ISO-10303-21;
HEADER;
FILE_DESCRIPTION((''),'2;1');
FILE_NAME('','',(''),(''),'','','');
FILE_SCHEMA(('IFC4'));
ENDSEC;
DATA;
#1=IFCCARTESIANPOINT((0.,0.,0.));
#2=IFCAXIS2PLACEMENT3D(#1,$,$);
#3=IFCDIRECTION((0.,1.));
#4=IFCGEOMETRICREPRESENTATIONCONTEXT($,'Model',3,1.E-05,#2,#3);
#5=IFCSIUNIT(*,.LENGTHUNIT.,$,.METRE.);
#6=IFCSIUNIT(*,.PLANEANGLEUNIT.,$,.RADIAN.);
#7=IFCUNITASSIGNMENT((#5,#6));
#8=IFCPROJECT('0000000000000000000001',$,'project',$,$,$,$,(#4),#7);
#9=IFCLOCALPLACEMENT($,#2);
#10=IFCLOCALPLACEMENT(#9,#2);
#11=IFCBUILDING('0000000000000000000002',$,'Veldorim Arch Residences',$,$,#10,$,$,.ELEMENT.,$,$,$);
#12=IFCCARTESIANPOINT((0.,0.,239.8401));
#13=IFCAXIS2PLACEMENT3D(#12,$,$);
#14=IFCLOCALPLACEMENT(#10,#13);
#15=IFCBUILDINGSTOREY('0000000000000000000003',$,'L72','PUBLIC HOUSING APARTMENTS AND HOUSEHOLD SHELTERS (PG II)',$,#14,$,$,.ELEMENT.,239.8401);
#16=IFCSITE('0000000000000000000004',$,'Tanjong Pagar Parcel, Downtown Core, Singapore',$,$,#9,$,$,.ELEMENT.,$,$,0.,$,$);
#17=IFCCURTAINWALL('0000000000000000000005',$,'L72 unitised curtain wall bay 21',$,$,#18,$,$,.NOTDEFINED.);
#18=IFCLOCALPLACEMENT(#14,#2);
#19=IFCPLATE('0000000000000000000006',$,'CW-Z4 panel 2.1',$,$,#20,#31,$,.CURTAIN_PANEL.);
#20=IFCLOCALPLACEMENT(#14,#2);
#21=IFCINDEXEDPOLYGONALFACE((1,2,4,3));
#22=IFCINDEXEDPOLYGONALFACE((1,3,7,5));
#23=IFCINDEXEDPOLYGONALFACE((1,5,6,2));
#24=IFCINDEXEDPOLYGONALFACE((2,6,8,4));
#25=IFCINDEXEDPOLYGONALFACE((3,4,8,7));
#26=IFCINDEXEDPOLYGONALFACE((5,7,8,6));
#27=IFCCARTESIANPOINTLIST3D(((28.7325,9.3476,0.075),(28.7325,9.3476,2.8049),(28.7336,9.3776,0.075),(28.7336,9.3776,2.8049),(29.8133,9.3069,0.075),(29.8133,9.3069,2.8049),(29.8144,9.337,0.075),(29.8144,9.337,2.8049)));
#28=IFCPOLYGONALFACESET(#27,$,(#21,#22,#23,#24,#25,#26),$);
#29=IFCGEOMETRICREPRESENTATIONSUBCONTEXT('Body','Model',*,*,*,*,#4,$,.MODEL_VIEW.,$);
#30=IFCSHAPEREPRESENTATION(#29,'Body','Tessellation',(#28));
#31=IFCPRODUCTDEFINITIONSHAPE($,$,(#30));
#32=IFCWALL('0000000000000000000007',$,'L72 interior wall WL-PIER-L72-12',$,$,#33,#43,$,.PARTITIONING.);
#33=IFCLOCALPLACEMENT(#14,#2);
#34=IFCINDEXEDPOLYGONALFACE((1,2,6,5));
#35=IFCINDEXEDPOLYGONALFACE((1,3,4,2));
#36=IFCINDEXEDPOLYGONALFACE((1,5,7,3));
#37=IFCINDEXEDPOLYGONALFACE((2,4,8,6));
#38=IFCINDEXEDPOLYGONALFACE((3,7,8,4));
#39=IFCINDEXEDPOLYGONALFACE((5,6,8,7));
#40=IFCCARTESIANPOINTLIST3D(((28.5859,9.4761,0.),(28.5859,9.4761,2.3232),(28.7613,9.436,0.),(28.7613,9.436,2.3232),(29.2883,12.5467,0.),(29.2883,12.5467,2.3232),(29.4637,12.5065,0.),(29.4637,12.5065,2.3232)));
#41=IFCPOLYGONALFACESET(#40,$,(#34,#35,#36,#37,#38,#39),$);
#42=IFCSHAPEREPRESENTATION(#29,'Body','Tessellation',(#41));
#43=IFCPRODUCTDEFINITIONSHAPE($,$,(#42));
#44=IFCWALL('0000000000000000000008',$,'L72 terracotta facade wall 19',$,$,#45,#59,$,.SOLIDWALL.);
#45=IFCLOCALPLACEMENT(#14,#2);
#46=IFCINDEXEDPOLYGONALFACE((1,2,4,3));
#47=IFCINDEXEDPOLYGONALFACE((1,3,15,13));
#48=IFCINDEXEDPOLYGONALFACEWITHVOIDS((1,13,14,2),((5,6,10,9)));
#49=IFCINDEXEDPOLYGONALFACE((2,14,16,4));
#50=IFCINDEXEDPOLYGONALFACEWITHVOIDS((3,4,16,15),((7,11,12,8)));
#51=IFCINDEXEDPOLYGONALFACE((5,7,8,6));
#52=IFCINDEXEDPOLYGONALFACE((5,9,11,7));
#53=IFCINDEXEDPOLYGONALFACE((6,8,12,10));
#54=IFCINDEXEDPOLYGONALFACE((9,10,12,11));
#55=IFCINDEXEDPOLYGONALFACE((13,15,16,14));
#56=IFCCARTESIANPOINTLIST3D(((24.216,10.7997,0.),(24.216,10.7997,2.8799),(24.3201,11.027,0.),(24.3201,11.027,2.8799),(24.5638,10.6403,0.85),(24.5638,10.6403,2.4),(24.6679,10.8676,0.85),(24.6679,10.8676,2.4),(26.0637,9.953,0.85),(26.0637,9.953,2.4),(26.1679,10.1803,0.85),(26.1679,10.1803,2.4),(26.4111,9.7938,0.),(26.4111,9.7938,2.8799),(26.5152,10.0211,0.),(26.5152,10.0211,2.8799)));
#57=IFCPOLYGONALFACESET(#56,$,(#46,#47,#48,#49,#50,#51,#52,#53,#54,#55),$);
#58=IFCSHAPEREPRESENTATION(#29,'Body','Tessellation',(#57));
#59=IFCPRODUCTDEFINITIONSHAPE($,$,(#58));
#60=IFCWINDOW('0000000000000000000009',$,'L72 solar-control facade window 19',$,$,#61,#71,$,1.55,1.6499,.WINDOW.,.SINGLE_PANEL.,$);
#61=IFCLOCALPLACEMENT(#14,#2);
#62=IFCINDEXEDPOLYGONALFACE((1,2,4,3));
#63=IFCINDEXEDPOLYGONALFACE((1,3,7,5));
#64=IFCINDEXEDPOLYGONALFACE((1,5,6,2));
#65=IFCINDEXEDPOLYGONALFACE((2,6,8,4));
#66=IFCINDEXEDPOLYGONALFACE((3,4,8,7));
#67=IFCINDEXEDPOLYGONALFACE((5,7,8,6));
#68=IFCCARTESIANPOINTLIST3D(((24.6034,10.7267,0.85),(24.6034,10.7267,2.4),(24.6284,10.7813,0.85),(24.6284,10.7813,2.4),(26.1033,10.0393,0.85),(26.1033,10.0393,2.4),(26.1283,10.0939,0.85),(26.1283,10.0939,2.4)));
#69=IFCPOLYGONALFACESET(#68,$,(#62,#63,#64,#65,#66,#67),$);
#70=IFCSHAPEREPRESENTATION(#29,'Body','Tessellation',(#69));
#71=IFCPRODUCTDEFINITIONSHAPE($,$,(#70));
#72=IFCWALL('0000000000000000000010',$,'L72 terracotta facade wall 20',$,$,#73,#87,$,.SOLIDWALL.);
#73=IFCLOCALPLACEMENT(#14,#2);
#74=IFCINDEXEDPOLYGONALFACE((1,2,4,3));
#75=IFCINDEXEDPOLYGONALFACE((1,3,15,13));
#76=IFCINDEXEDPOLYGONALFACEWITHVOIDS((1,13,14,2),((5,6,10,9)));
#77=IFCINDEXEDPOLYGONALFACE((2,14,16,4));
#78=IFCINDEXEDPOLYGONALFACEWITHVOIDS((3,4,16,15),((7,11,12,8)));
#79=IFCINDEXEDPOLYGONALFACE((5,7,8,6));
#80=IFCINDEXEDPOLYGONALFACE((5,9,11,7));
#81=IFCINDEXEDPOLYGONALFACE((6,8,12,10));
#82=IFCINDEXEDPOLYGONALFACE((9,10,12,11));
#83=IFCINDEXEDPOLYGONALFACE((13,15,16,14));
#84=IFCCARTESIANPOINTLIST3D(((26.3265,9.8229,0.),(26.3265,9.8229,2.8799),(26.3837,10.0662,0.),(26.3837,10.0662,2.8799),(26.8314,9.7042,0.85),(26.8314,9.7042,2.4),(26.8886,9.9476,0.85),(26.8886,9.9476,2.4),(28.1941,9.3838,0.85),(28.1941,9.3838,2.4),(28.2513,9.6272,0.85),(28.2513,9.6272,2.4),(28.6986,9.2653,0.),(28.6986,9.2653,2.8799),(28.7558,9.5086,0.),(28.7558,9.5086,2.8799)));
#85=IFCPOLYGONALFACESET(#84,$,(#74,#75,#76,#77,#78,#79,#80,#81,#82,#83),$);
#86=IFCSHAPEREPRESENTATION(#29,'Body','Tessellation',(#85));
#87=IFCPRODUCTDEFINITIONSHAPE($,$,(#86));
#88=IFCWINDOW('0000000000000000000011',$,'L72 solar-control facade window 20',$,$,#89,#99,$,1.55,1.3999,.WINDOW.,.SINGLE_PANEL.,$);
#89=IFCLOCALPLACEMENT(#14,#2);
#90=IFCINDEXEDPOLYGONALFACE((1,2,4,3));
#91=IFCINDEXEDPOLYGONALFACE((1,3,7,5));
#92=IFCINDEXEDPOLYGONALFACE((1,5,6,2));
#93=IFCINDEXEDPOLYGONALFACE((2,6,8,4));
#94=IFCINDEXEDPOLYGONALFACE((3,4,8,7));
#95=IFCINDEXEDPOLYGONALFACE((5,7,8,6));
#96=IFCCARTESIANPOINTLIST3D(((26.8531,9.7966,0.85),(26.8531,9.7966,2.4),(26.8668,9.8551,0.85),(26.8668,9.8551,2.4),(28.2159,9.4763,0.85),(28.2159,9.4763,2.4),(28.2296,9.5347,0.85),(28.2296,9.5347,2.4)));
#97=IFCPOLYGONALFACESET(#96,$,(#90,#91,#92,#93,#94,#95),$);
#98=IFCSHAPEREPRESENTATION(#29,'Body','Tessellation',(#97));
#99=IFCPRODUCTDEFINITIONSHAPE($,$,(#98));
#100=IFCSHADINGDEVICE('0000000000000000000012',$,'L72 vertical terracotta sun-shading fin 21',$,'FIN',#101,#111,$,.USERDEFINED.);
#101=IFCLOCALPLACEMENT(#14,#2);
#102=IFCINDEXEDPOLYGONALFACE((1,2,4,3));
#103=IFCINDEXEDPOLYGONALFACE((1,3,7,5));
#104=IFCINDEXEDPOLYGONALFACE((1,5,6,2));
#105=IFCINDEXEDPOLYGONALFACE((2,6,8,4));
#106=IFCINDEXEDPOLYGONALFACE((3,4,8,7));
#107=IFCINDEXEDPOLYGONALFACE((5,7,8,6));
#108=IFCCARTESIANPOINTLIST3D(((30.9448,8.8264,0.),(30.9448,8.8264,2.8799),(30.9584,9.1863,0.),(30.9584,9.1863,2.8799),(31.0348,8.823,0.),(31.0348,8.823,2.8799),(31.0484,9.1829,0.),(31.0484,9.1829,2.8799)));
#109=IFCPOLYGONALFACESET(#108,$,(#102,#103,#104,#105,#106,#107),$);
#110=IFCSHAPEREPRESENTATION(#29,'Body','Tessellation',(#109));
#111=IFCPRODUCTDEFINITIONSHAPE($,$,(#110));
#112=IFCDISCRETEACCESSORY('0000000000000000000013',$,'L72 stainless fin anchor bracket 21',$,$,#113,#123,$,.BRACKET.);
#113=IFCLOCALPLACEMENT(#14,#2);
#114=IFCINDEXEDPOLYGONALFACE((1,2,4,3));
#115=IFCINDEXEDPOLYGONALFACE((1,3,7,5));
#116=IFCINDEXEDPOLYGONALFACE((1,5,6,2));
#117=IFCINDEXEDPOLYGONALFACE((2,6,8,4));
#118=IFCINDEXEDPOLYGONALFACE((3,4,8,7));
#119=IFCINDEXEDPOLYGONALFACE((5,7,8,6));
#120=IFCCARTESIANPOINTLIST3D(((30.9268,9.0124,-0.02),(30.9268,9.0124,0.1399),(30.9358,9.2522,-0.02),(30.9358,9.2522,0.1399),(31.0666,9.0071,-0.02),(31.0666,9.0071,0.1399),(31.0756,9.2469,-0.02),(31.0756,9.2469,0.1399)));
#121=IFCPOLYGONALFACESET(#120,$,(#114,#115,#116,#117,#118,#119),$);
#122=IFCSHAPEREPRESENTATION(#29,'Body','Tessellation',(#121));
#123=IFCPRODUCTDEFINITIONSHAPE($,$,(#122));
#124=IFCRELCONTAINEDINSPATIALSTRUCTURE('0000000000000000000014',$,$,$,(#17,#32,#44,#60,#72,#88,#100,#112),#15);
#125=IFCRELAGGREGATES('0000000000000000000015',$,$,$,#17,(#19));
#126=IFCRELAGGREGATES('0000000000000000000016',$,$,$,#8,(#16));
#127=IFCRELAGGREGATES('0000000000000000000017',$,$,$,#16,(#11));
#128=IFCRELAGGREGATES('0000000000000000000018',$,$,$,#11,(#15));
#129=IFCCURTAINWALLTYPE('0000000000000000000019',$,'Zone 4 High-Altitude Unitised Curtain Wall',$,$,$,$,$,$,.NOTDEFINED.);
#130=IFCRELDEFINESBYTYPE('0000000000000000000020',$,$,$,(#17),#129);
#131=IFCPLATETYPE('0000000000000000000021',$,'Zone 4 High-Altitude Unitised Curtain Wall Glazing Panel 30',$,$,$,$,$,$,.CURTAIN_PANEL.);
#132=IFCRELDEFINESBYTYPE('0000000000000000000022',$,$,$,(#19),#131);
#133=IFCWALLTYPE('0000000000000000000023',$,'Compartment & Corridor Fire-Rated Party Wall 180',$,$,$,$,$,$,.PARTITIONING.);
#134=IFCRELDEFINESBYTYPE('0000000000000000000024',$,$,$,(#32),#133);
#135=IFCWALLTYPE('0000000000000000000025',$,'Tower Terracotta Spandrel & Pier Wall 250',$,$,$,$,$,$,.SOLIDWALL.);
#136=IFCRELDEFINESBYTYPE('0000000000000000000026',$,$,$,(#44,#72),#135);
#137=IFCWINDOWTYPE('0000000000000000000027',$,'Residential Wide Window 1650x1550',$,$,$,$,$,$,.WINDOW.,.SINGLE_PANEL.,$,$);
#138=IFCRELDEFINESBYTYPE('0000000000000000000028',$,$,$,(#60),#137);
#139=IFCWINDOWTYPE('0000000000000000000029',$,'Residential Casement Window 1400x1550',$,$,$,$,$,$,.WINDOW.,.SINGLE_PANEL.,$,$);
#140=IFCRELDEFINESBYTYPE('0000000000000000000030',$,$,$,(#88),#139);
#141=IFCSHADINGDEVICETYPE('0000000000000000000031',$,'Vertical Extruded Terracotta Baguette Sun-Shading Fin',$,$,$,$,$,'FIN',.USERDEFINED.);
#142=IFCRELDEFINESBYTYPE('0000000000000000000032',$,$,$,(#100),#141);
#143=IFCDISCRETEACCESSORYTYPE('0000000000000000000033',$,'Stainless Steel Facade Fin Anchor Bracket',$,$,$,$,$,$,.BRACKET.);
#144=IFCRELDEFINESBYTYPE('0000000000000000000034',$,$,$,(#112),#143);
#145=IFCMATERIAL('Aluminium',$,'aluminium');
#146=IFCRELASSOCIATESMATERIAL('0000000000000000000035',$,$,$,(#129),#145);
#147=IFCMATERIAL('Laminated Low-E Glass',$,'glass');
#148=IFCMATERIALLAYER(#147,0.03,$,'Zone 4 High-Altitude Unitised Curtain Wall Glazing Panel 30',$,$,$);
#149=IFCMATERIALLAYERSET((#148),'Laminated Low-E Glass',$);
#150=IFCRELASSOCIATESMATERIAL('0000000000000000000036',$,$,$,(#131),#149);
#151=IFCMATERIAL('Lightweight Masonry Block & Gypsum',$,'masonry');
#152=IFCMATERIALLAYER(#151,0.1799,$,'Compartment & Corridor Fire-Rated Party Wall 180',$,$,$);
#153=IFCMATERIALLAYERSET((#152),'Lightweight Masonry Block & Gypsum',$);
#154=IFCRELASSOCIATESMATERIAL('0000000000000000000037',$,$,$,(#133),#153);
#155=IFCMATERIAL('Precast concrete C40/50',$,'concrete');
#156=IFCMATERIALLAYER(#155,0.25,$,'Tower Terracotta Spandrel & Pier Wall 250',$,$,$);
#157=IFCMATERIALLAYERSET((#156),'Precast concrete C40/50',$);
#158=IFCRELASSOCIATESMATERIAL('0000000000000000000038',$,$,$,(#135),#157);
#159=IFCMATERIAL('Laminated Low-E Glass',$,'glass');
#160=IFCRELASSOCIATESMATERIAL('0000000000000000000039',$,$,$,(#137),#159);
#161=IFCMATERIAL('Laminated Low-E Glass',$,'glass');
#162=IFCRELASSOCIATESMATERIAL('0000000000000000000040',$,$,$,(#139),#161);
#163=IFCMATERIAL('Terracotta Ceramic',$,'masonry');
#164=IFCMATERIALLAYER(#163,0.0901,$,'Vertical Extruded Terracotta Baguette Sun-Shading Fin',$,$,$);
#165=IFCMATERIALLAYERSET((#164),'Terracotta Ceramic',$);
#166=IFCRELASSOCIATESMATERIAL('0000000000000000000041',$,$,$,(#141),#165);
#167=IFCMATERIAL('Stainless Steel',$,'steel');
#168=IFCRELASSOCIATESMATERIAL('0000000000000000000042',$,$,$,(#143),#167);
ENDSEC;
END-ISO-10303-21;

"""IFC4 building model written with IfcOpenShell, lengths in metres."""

from ifc_helpers import new_model, si_unit, direction, frame, frame_2d, origin, origin_2d, place, context, subcontext, project, spatial, rectangle, extrude, material, layer, layer_set, type_object, element, fill, aggregate, save


model = new_model("IFC4")

# Units and contexts
model_context = context("Model", 3, precision=1e-05, world=origin(), true_north=direction((0.0, 1.0)))
body_context = subcontext(model_context, "Body", "Model", "MODEL_VIEW")
ifc_project = project(units=[si_unit("LENGTHUNIT", "METRE"), si_unit("PLANEANGLEUNIT", "RADIAN")], contexts=[model_context])

# Site, building, storey
site_placement = place(None, origin())
site = spatial("IfcSite", under=ifc_project, at=site_placement, Name="Tanjong Pagar Parcel, Downtown Core, Singapore", CompositionType="ELEMENT", RefElevation=0.0)
building_placement = place(site_placement, origin())
building = spatial("IfcBuilding", under=site, at=building_placement, Name="Veldorim Arch Residences", CompositionType="ELEMENT")
storey_placement = place(building_placement, frame((0.0, 0.0, 239.8401)))
storey = spatial("IfcBuildingStorey", under=building, at=storey_placement, Name="L72", Description="PUBLIC HOUSING APARTMENTS AND HOUSEHOLD SHELTERS (PG II)", CompositionType="ELEMENT", Elevation=239.8401)

# Curtain wall, plate
ifc_material_1 = material(Name="Aluminium", Category="aluminium")
curtain_wall_type = type_object("IfcCurtainWallType", Name="Zone 4 High-Altitude Unitised Curtain Wall", PredefinedType="NOTDEFINED", material=ifc_material_1)
curtain_wall_placement = place(storey_placement, origin())
curtain_wall = element("IfcCurtainWall", 1, at=curtain_wall_placement, inside=storey, type_object=curtain_wall_type, Name="L72 unitised curtain wall bay 21", PredefinedType="NOTDEFINED")
ifc_material_2 = material(Name="Laminated Low-E Glass", Category="glass")
ifc_layer_1 = layer(ifc_material_2, 0.03, Name="Zone 4 High-Altitude Unitised Curtain Wall Glazing Panel 30")
ifc_layer_set_1 = layer_set([ifc_layer_1], Name="Laminated Low-E Glass")
plate_type = type_object("IfcPlateType", Name="Zone 4 High-Altitude Unitised Curtain Wall Glazing Panel 30", PredefinedType="CURTAIN_PANEL", material=ifc_layer_set_1)
plate_1_placement = place(storey_placement, frame((29.2734, 9.3423, 0.075), z_axis=(0.0, 0.0, 1.0), x_axis=(-0.999293, 0.037606, 0.0)))
plate_1 = element("IfcPlate", 2, at=plate_1_placement, type_object=plate_type, Name="CW-Z4 panel 2.1", PredefinedType="CURTAIN_PANEL", context=body_context, shape_type="SweptSolid", body=[
    extrude(rectangle(XDim=1.0815, YDim=0.03, at=origin_2d()), origin(), (0.0, 0.0, 1.0), 2.73),
])
aggregate(curtain_wall, [plate_1])

# Wall
ifc_material_3 = material(Name="Lightweight Masonry Block & Gypsum", Category="masonry")
ifc_layer_2 = layer(ifc_material_3, 0.1799, Name="Compartment & Corridor Fire-Rated Party Wall 180")
ifc_layer_set_2 = layer_set([ifc_layer_2], Name="Lightweight Masonry Block & Gypsum")
wall_type_1 = type_object("IfcWallType", Name="Compartment & Corridor Fire-Rated Party Wall 180", PredefinedType="PARTITIONING", material=ifc_layer_set_2)
wall_1_placement = place(storey_placement, frame((29.376, 12.5266, 0.0), z_axis=(0.0, 0.0, 1.0), x_axis=(-0.222991, -0.97482, 0.0)))
element("IfcWall", 3, at=wall_1_placement, inside=storey, type_object=wall_type_1, Name="L72 interior wall WL-PIER-L72-12", PredefinedType="PARTITIONING", context=body_context, shape_type="SweptSolid", body=[
    extrude(rectangle(XDim=3.1499, YDim=0.1799, at=frame_2d((1.575, 0.0))), origin(), (0.0, 0.0, 1.0), 2.3232),
])

# Walls, openings, windows
ifc_material_4 = material(Name="Precast concrete C40/50", Category="concrete")
ifc_layer_3 = layer(ifc_material_4, 0.25, Name="Tower Terracotta Spandrel & Pier Wall 250")
ifc_layer_set_3 = layer_set([ifc_layer_3], Name="Precast concrete C40/50")
wall_type_2 = type_object("IfcWallType", Name="Tower Terracotta Spandrel & Pier Wall 250", PredefinedType="SOLIDWALL", material=ifc_layer_set_3)
wall_2_placement = place(storey_placement, frame((26.4631, 9.9075, 0.0), z_axis=(0.0, 0.0, 1.0), x_axis=(-0.909098, 0.416582, 0.0)))
wall_2 = element("IfcWall", 4, at=wall_2_placement, inside=storey, type_object=wall_type_2, Name="L72 terracotta facade wall 19", PredefinedType="SOLIDWALL", context=body_context, shape_type="SweptSolid", body=[
    extrude(rectangle(XDim=2.4146, YDim=0.25, at=frame_2d((1.2073, 0.0))), origin(), (0.0, 0.0, 1.0), 2.8799),
])
opening_1_placement = place(wall_2_placement, frame((0.3821, 0.0, 0.8501)))
opening_1 = element("IfcOpeningElement", 5, at=opening_1_placement, cuts=wall_2, PredefinedType="OPENING", context=body_context, shape_type="SweptSolid", body=[
    extrude(rectangle(XDim=1.6499, YDim=1.55, at=frame_2d((0.825, 0.7749))), frame((0.0, 0.135, 0.0), z_axis=(0.0, -1.0, 0.0), x_axis=(1.0, 0.0, 0.0)), (0.0, 0.0, 1.0), 0.27),
])
ifc_material_5 = material(Name="Laminated Low-E Glass", Category="glass")
window_type_1 = type_object("IfcWindowType", Name="Residential Wide Window 1650x1550", PartitioningType="SINGLE_PANEL", PredefinedType="WINDOW", material=ifc_material_5)
window_1_placement = place(opening_1_placement, origin())
window_1 = element("IfcWindow", 6, at=window_1_placement, inside=storey, type_object=window_type_1, Name="L72 solar-control facade window 19", OverallHeight=1.55, OverallWidth=1.6499, PartitioningType="SINGLE_PANEL", PredefinedType="WINDOW", context=body_context, shape_type="SweptSolid", body=[
    extrude(rectangle(XDim=1.6499, YDim=1.55, at=frame_2d((0.825, 0.7749))), frame((0.0, 0.03, 0.0), z_axis=(0.0, -1.0, 0.0), x_axis=(1.0, 0.0, 0.0)), (0.0, 0.0, 1.0), 0.0601),
])
fill(opening_1, window_1)
wall_3_placement = place(storey_placement, frame((28.7271, 9.387, 0.0), z_axis=(0.0, 0.0, 1.0), x_axis=(-0.973464, 0.228838, 0.0)))
wall_3 = element("IfcWall", 7, at=wall_3_placement, inside=storey, type_object=wall_type_2, Name="L72 terracotta facade wall 20", PredefinedType="SOLIDWALL", context=body_context, shape_type="SweptSolid", body=[
    extrude(rectangle(XDim=2.4368, YDim=0.25, at=frame_2d((1.2183, 0.0))), origin(), (0.0, 0.0, 1.0), 2.8799),
])
opening_2_placement = place(wall_3_placement, frame((0.5181, 0.0, 0.8501)))
opening_2 = element("IfcOpeningElement", 8, at=opening_2_placement, cuts=wall_3, PredefinedType="OPENING", context=body_context, shape_type="SweptSolid", body=[
    extrude(rectangle(XDim=1.3999, YDim=1.55, at=frame_2d((0.7, 0.7749))), frame((0.0, 0.135, 0.0), z_axis=(0.0, -1.0, 0.0), x_axis=(1.0, 0.0, 0.0)), (0.0, 0.0, 1.0), 0.27),
])
ifc_material_6 = material(Name="Laminated Low-E Glass", Category="glass")
window_type_2 = type_object("IfcWindowType", Name="Residential Casement Window 1400x1550", PartitioningType="SINGLE_PANEL", PredefinedType="WINDOW", material=ifc_material_6)
window_2_placement = place(opening_2_placement, origin())
window_2 = element("IfcWindow", 9, at=window_2_placement, inside=storey, type_object=window_type_2, Name="L72 solar-control facade window 20", OverallHeight=1.55, OverallWidth=1.3999, PartitioningType="SINGLE_PANEL", PredefinedType="WINDOW", context=body_context, shape_type="SweptSolid", body=[
    extrude(rectangle(XDim=1.3999, YDim=1.55, at=frame_2d((0.7, 0.7749))), frame((0.0, 0.03, 0.0), z_axis=(0.0, -1.0, 0.0), x_axis=(1.0, 0.0, 0.0)), (0.0, 0.0, 1.0), 0.0601),
])
fill(opening_2, window_2)

# Shading device
ifc_material_7 = material(Name="Terracotta Ceramic", Category="masonry")
ifc_layer_4 = layer(ifc_material_7, 0.0901, Name="Vertical Extruded Terracotta Baguette Sun-Shading Fin")
ifc_layer_set_4 = layer_set([ifc_layer_4], Name="Terracotta Ceramic")
shading_device_type = type_object("IfcShadingDeviceType", Name="Vertical Extruded Terracotta Baguette Sun-Shading Fin", ElementType="FIN", PredefinedType="USERDEFINED", material=ifc_layer_set_4)
shading_device_placement = place(storey_placement, frame((30.9966, 9.0046, 0.0), z_axis=(0.0, 0.0, 1.0), x_axis=(-0.999289, 0.03769, 0.0)))
element("IfcShadingDevice", 10, at=shading_device_placement, inside=storey, type_object=shading_device_type, Name="L72 vertical terracotta sun-shading fin 21", ObjectType="FIN", PredefinedType="USERDEFINED", context=body_context, shape_type="SweptSolid", body=[
    extrude(rectangle(XDim=0.0901, YDim=0.3601, at=origin_2d()), origin(), (0.0, 0.0, 1.0), 2.8799),
])

# Discrete accessory
ifc_material_8 = material(Name="Stainless Steel", Category="steel")
discrete_accessory_type = type_object("IfcDiscreteAccessoryType", Name="Stainless Steel Facade Fin Anchor Bracket", PredefinedType="BRACKET", material=ifc_material_8)
discrete_accessory_placement = place(storey_placement, frame((31.0012, 9.1296, -0.02), z_axis=(0.0, 0.0, 1.0), x_axis=(-0.999289, 0.03769, 0.0)))
element("IfcDiscreteAccessory", 11, at=discrete_accessory_placement, inside=storey, type_object=discrete_accessory_type, Name="L72 stainless fin anchor bracket 21", PredefinedType="BRACKET", context=body_context, shape_type="SweptSolid", body=[
    extrude(rectangle(XDim=0.1399, YDim=0.24, at=origin_2d()), origin(), (0.0, 0.0, 1.0), 0.1599),
])

save(model, "model.ifc")
